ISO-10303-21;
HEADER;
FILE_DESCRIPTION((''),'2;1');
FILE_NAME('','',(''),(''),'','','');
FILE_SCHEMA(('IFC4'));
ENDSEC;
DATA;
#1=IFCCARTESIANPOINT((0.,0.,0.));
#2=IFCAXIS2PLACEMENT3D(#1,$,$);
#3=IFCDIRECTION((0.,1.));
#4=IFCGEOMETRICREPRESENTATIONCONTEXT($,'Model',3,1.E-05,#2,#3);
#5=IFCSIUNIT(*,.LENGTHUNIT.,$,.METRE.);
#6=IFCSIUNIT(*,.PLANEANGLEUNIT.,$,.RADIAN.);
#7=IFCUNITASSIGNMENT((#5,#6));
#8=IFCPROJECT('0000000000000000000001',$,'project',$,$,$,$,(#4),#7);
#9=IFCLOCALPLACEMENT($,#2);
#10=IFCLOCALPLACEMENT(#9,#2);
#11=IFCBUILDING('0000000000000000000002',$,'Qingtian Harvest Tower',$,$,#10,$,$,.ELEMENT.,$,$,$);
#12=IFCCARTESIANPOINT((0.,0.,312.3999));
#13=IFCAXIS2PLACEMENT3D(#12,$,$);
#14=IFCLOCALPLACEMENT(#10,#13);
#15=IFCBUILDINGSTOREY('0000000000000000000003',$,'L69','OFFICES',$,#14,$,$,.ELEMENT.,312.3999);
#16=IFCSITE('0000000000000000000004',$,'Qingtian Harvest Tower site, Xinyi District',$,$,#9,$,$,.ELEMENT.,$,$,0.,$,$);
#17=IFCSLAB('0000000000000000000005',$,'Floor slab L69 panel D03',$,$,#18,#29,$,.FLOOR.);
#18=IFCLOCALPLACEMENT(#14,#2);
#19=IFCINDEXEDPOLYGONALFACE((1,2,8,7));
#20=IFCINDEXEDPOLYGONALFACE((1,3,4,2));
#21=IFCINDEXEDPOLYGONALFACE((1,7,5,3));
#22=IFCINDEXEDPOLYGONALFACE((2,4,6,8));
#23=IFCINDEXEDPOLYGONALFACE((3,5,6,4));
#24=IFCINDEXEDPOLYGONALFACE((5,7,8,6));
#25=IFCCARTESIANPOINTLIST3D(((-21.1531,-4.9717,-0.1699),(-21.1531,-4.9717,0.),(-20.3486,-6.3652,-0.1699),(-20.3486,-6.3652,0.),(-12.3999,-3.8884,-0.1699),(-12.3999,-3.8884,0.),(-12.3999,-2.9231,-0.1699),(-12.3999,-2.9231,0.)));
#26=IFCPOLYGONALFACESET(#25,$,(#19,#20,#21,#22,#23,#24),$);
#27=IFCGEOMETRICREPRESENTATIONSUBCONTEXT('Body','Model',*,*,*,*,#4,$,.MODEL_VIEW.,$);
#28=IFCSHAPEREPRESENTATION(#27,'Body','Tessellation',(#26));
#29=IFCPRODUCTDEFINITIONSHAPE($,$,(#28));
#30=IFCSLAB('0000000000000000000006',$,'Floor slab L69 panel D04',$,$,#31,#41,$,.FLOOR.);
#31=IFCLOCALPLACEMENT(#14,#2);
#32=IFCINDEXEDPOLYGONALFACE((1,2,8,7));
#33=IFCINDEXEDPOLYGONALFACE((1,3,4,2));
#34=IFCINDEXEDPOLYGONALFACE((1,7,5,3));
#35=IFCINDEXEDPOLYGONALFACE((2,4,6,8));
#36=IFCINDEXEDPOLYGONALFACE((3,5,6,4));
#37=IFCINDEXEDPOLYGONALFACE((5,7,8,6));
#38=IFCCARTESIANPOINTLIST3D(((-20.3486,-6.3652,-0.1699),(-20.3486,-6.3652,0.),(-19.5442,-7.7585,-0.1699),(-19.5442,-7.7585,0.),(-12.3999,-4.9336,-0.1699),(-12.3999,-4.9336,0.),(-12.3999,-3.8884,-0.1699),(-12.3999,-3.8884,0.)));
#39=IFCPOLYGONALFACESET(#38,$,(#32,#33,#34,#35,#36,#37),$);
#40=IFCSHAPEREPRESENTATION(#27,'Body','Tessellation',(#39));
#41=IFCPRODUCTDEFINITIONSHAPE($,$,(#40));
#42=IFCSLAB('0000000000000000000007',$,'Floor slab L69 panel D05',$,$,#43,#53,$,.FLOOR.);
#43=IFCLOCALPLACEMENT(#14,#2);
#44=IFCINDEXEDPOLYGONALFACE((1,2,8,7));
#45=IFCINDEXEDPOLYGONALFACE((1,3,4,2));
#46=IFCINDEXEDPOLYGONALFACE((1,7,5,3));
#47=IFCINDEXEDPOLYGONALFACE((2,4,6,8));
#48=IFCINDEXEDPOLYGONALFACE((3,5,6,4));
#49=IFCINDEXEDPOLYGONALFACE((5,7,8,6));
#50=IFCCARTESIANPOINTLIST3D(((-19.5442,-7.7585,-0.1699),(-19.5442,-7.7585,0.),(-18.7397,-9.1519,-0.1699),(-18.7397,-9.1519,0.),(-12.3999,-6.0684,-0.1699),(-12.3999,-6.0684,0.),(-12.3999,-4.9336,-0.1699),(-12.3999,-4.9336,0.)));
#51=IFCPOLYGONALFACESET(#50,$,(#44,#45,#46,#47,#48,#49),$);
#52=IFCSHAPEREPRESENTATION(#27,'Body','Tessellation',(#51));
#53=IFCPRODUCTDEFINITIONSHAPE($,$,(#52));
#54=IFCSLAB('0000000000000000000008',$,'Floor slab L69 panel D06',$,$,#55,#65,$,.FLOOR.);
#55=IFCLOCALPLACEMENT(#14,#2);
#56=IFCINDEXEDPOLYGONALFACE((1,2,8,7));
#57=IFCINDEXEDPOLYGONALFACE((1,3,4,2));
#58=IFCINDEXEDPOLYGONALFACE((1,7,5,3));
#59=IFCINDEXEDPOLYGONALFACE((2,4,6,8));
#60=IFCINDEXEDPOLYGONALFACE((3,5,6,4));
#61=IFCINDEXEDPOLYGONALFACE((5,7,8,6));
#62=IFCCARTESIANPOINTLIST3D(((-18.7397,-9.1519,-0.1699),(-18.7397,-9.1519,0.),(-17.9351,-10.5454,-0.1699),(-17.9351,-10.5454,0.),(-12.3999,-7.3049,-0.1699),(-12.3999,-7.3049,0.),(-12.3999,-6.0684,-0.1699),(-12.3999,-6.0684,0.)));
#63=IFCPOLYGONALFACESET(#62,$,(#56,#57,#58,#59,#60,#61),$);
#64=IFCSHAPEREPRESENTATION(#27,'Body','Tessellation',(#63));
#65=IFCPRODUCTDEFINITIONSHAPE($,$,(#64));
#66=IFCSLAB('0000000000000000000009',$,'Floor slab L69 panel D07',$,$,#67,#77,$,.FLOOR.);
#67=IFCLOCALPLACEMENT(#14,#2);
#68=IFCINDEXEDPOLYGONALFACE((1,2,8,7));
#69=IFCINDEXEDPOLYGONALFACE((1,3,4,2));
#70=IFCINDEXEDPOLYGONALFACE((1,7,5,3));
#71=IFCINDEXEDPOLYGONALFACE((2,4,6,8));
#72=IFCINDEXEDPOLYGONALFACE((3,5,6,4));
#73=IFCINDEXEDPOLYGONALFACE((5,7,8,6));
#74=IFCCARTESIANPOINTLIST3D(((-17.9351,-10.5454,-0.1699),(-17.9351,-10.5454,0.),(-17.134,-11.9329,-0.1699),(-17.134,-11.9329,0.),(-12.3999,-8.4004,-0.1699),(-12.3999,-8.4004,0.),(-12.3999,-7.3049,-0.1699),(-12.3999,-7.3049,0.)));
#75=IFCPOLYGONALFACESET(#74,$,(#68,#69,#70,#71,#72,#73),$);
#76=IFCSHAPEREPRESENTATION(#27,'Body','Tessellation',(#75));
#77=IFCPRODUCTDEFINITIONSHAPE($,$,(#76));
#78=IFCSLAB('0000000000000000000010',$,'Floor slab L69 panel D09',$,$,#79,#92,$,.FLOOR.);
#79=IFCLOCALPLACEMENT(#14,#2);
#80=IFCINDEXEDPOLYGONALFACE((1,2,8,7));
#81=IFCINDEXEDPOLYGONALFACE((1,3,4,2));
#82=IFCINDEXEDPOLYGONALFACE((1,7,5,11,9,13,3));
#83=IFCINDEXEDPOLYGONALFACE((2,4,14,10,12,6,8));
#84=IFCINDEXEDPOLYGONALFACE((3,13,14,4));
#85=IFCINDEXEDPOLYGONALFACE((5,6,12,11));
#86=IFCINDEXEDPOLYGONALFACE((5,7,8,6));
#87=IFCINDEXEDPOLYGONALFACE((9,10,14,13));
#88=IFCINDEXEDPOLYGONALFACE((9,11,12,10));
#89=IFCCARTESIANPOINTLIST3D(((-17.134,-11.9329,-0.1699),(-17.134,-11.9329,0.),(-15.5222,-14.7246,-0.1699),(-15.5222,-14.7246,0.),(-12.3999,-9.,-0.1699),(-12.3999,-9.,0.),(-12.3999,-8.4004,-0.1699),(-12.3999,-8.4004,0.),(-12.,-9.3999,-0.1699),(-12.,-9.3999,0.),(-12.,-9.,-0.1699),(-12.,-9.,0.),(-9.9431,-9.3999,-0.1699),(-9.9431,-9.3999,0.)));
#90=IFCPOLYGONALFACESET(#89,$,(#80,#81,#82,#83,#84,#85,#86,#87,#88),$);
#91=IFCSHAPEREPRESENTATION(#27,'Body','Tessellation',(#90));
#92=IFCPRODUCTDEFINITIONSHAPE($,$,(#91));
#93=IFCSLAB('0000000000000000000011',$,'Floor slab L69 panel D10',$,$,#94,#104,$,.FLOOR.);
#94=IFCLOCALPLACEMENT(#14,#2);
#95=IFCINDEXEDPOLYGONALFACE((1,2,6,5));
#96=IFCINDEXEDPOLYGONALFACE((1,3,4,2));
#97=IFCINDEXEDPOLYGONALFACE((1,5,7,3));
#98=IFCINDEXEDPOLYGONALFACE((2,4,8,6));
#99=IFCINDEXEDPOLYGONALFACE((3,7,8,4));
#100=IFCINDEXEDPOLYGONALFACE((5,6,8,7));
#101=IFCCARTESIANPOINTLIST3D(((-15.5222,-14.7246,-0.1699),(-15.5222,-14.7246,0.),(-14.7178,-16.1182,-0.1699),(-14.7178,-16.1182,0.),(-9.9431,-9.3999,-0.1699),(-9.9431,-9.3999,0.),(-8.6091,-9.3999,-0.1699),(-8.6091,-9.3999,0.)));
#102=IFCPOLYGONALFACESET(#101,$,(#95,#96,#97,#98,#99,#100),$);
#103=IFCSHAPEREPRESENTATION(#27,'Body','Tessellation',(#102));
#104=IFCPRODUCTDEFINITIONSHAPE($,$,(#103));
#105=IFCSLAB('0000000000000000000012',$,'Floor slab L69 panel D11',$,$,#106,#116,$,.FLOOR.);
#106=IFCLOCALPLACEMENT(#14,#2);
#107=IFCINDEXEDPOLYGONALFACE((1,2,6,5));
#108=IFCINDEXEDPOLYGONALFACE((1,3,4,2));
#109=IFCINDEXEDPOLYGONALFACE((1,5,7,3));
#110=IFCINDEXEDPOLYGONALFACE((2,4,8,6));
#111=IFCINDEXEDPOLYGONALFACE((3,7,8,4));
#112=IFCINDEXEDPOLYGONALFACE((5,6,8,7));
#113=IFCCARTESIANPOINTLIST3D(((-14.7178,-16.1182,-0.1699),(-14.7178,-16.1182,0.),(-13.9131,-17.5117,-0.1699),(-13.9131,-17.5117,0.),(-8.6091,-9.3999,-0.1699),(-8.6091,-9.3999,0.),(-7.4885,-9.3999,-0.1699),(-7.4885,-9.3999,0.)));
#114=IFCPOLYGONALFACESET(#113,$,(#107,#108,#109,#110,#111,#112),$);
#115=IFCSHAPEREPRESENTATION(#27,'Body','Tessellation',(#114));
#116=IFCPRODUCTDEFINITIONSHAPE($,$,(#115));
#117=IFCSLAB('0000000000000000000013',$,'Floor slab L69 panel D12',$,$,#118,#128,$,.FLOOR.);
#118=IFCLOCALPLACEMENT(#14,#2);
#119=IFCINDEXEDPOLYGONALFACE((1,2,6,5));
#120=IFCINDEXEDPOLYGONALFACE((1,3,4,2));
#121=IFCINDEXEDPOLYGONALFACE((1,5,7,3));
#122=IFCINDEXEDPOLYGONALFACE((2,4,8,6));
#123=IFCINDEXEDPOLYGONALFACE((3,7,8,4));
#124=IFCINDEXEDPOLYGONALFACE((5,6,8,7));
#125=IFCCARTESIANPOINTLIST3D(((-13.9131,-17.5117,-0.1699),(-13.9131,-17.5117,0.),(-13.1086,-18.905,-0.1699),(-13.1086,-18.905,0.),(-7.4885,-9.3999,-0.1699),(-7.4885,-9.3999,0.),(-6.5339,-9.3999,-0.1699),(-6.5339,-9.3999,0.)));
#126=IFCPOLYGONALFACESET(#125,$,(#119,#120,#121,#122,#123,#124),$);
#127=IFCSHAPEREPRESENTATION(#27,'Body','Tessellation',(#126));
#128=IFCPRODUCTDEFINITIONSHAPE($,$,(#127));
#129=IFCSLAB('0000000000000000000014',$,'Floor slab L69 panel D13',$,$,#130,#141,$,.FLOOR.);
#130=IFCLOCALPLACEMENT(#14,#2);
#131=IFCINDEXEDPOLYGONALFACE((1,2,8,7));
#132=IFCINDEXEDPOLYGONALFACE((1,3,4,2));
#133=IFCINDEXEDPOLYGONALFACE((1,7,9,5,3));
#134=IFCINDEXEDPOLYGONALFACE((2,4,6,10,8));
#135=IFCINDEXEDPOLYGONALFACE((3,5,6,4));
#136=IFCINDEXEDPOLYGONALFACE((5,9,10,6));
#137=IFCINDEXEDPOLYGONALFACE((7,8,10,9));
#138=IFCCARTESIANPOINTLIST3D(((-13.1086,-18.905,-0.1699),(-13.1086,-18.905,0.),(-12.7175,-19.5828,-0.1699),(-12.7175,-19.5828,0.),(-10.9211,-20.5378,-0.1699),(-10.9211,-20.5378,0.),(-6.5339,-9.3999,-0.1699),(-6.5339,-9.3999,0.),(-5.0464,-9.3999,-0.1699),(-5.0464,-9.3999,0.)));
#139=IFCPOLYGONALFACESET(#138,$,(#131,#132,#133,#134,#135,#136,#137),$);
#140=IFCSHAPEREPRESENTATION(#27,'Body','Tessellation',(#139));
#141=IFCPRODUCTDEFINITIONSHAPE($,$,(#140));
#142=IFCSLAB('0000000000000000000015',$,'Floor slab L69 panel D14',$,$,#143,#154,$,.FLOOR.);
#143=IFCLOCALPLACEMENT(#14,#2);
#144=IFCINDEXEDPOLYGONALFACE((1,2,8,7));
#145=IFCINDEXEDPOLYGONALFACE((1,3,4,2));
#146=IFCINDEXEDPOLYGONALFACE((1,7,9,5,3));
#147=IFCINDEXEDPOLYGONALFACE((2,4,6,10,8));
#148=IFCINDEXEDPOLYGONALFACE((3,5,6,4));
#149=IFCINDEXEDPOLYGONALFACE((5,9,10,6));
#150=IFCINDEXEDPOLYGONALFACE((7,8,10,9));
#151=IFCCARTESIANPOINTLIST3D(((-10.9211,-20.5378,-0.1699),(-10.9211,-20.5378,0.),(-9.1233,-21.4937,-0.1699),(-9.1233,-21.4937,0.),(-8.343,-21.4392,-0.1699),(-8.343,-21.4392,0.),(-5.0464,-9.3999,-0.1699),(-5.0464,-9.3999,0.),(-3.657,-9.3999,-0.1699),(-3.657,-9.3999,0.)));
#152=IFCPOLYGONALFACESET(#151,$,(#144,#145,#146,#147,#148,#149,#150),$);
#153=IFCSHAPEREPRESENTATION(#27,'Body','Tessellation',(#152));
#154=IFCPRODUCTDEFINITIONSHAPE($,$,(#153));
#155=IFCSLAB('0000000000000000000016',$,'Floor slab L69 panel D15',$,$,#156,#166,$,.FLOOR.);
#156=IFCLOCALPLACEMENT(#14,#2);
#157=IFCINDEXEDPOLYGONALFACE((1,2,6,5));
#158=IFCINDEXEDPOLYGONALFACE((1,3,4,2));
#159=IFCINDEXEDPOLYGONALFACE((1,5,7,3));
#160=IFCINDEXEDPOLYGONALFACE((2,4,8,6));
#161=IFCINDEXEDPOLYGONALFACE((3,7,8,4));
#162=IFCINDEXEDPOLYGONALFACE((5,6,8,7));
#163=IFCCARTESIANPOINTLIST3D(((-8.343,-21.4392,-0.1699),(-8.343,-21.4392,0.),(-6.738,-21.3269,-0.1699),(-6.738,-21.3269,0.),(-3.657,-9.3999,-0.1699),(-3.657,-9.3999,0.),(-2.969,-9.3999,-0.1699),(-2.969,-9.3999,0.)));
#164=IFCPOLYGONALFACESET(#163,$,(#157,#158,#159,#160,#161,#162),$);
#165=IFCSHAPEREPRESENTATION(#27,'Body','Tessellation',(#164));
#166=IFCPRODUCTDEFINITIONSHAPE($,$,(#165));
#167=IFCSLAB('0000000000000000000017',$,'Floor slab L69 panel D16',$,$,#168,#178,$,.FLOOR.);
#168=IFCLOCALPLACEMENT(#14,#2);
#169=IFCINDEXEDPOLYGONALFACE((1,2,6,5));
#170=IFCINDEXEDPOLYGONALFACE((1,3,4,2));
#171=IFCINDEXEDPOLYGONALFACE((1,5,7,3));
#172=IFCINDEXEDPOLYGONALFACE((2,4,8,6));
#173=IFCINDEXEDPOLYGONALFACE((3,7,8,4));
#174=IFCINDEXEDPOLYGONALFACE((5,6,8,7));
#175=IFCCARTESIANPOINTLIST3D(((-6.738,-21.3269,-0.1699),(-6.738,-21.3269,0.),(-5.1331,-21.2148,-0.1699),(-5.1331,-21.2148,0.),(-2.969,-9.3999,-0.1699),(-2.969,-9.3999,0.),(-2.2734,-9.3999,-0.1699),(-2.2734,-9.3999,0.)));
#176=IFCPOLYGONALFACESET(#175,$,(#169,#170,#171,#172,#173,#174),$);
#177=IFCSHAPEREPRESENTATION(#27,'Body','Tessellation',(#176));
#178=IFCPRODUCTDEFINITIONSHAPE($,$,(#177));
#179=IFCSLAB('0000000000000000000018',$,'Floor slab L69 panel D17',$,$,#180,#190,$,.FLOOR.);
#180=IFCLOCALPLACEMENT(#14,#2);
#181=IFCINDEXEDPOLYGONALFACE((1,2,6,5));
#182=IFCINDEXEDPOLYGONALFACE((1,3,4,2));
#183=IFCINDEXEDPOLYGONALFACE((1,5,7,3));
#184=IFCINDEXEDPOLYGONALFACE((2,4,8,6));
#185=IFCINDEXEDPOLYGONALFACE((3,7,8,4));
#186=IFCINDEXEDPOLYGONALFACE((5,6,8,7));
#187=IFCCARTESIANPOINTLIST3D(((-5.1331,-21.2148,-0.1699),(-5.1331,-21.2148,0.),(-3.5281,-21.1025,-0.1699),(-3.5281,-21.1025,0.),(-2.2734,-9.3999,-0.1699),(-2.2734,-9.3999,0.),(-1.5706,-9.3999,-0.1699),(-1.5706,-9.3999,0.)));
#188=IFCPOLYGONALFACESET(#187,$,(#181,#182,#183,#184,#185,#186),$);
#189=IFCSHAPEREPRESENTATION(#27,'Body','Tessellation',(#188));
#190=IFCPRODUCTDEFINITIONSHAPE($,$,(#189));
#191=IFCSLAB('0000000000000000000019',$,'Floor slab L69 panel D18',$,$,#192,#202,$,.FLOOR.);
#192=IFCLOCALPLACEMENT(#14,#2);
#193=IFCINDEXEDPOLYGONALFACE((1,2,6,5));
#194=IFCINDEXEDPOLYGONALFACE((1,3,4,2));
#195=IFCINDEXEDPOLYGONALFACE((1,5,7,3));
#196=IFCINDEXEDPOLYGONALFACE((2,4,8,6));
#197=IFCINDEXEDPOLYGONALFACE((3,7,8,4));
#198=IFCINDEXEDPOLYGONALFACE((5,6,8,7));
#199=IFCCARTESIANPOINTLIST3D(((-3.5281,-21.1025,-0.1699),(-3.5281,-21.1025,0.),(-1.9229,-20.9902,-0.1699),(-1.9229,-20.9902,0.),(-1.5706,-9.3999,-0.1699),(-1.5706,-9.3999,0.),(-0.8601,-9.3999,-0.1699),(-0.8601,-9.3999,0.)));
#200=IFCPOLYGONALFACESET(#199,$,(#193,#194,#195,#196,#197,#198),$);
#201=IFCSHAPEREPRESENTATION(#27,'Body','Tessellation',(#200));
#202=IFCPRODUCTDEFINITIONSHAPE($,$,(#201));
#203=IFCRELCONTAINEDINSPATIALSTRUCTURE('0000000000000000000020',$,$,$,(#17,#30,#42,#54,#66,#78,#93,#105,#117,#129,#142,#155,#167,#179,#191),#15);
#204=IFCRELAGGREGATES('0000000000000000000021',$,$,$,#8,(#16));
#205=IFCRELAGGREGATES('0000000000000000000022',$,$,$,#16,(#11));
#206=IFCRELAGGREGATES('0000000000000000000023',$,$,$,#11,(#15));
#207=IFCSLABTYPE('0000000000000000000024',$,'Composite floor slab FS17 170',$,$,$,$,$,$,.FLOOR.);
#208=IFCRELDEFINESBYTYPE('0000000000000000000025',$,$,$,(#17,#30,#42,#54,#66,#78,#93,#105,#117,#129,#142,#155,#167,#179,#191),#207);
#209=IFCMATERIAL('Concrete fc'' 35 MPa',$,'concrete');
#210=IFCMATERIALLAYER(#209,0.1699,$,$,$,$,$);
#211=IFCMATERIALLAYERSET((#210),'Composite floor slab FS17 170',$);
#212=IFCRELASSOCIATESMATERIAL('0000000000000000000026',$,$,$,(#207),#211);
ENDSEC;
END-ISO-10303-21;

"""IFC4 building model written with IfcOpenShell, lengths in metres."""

from ifc_helpers import new_model, si_unit, direction, frame, origin, place, context, subcontext, project, spatial, polyline, outline, extrude, material, layer, layer_set, type_object, element, save


model = new_model("IFC4")

# Units and contexts
model_context = context("Model", 3, precision=1e-05, world=origin(), true_north=direction((0.0, 1.0)))
body_context = subcontext(model_context, "Body", "Model", "MODEL_VIEW")
ifc_project = project(units=[si_unit("LENGTHUNIT", "METRE"), si_unit("PLANEANGLEUNIT", "RADIAN")], contexts=[model_context])

# Site, building, storey
site_placement = place(None, origin())
site = spatial("IfcSite", under=ifc_project, at=site_placement, Name="Qingtian Harvest Tower site, Xinyi District", CompositionType="ELEMENT", RefElevation=0.0)
building_placement = place(site_placement, origin())
building = spatial("IfcBuilding", under=site, at=building_placement, Name="Qingtian Harvest Tower", CompositionType="ELEMENT")
storey_placement = place(building_placement, frame((0.0, 0.0, 312.3999)))
storey = spatial("IfcBuildingStorey", under=building, at=storey_placement, Name="L69", Description="OFFICES", CompositionType="ELEMENT", Elevation=312.3999)

# Slabs
ifc_material = material(Name="Concrete fc' 35 MPa", Category="concrete")
ifc_layer = layer(ifc_material, 0.1699)
ifc_layer_set = layer_set([ifc_layer], Name="Composite floor slab FS17 170")
slab_type = type_object("IfcSlabType", Name="Composite floor slab FS17 170", PredefinedType="FLOOR", material=ifc_layer_set)
slab_1_placement = place(storey_placement, frame((0.0, 0.0, -0.1699)))
element("IfcSlab", 1, at=slab_1_placement, inside=storey, type_object=slab_type, Name="Floor slab L69 panel D03", PredefinedType="FLOOR", context=body_context, shape_type="SweptSolid", body=[
    extrude(outline(polyline([(-12.3999, -3.8884), (-20.3486, -6.3652), (-21.1531, -4.9717), (-12.3999, -2.9231), (-12.3999, -3.8884)])), origin(), (0.0, 0.0, 1.0), 0.1699),
])
slab_2_placement = place(storey_placement, frame((0.0, 0.0, -0.1699)))
element("IfcSlab", 2, at=slab_2_placement, inside=storey, type_object=slab_type, Name="Floor slab L69 panel D04", PredefinedType="FLOOR", context=body_context, shape_type="SweptSolid", body=[
    extrude(outline(polyline([(-12.3999, -4.9336), (-19.5442, -7.7585), (-20.3486, -6.3652), (-12.3999, -3.8884), (-12.3999, -4.9336)])), origin(), (0.0, 0.0, 1.0), 0.1699),
])
slab_3_placement = place(storey_placement, frame((0.0, 0.0, -0.1699)))
element("IfcSlab", 3, at=slab_3_placement, inside=storey, type_object=slab_type, Name="Floor slab L69 panel D05", PredefinedType="FLOOR", context=body_context, shape_type="SweptSolid", body=[
    extrude(outline(polyline([(-12.3999, -6.0684), (-18.7397, -9.1519), (-19.5442, -7.7585), (-12.3999, -4.9336), (-12.3999, -6.0684)])), origin(), (0.0, 0.0, 1.0), 0.1699),
])
slab_4_placement = place(storey_placement, frame((0.0, 0.0, -0.1699)))
element("IfcSlab", 4, at=slab_4_placement, inside=storey, type_object=slab_type, Name="Floor slab L69 panel D06", PredefinedType="FLOOR", context=body_context, shape_type="SweptSolid", body=[
    extrude(outline(polyline([(-12.3999, -7.3049), (-17.9351, -10.5454), (-18.7397, -9.1519), (-12.3999, -6.0684), (-12.3999, -7.3049)])), origin(), (0.0, 0.0, 1.0), 0.1699),
])
slab_5_placement = place(storey_placement, frame((0.0, 0.0, -0.1699)))
element("IfcSlab", 5, at=slab_5_placement, inside=storey, type_object=slab_type, Name="Floor slab L69 panel D07", PredefinedType="FLOOR", context=body_context, shape_type="SweptSolid", body=[
    extrude(outline(polyline([(-12.3999, -8.4004), (-17.134, -11.9329), (-17.9351, -10.5454), (-12.3999, -7.3049), (-12.3999, -8.4004)])), origin(), (0.0, 0.0, 1.0), 0.1699),
])
slab_6_placement = place(storey_placement, frame((0.0, 0.0, -0.1699)))
element("IfcSlab", 6, at=slab_6_placement, inside=storey, type_object=slab_type, Name="Floor slab L69 panel D09", PredefinedType="FLOOR", context=body_context, shape_type="SweptSolid", body=[
    extrude(outline(polyline([(-15.5222, -14.7246), (-17.134, -11.9329), (-12.3999, -8.4004), (-12.3999, -9.0), (-12.0, -9.0), (-12.0, -9.3999), (-9.9431, -9.3999), (-15.5222, -14.7246)])), origin(), (0.0, 0.0, 1.0), 0.1699),
])
slab_7_placement = place(storey_placement, frame((0.0, 0.0, -0.1699)))
element("IfcSlab", 7, at=slab_7_placement, inside=storey, type_object=slab_type, Name="Floor slab L69 panel D10", PredefinedType="FLOOR", context=body_context, shape_type="SweptSolid", body=[
    extrude(outline(polyline([(-8.6091, -9.3999), (-14.7178, -16.1182), (-15.5222, -14.7246), (-9.9431, -9.3999), (-8.6091, -9.3999)])), origin(), (0.0, 0.0, 1.0), 0.1699),
])
slab_8_placement = place(storey_placement, frame((0.0, 0.0, -0.1699)))
element("IfcSlab", 8, at=slab_8_placement, inside=storey, type_object=slab_type, Name="Floor slab L69 panel D11", PredefinedType="FLOOR", context=body_context, shape_type="SweptSolid", body=[
    extrude(outline(polyline([(-7.4885, -9.3999), (-13.9131, -17.5117), (-14.7178, -16.1182), (-8.6091, -9.3999), (-7.4885, -9.3999)])), origin(), (0.0, 0.0, 1.0), 0.1699),
])
slab_9_placement = place(storey_placement, frame((0.0, 0.0, -0.1699)))
element("IfcSlab", 9, at=slab_9_placement, inside=storey, type_object=slab_type, Name="Floor slab L69 panel D12", PredefinedType="FLOOR", context=body_context, shape_type="SweptSolid", body=[
    extrude(outline(polyline([(-6.5339, -9.3999), (-13.1086, -18.905), (-13.9131, -17.5117), (-7.4885, -9.3999), (-6.5339, -9.3999)])), origin(), (0.0, 0.0, 1.0), 0.1699),
])
slab_10_placement = place(storey_placement, frame((0.0, 0.0, -0.1699)))
element("IfcSlab", 10, at=slab_10_placement, inside=storey, type_object=slab_type, Name="Floor slab L69 panel D13", PredefinedType="FLOOR", context=body_context, shape_type="SweptSolid", body=[
    extrude(outline(polyline([(-6.5339, -9.3999), (-5.0464, -9.3999), (-10.9211, -20.5378), (-12.7175, -19.5828), (-13.1086, -18.905), (-6.5339, -9.3999)])), origin(), (0.0, 0.0, 1.0), 0.1699),
])
slab_11_placement = place(storey_placement, frame((0.0, 0.0, -0.1699)))
element("IfcSlab", 11, at=slab_11_placement, inside=storey, type_object=slab_type, Name="Floor slab L69 panel D14", PredefinedType="FLOOR", context=body_context, shape_type="SweptSolid", body=[
    extrude(outline(polyline([(-5.0464, -9.3999), (-3.657, -9.3999), (-8.343, -21.4392), (-9.1233, -21.4937), (-10.9211, -20.5378), (-5.0464, -9.3999)])), origin(), (0.0, 0.0, 1.0), 0.1699),
])
slab_12_placement = place(storey_placement, frame((0.0, 0.0, -0.1699)))
element("IfcSlab", 12, at=slab_12_placement, inside=storey, type_object=slab_type, Name="Floor slab L69 panel D15", PredefinedType="FLOOR", context=body_context, shape_type="SweptSolid", body=[
    extrude(outline(polyline([(-2.969, -9.3999), (-6.738, -21.3269), (-8.343, -21.4392), (-3.657, -9.3999), (-2.969, -9.3999)])), origin(), (0.0, 0.0, 1.0), 0.1699),
])
slab_13_placement = place(storey_placement, frame((0.0, 0.0, -0.1699)))
element("IfcSlab", 13, at=slab_13_placement, inside=storey, type_object=slab_type, Name="Floor slab L69 panel D16", PredefinedType="FLOOR", context=body_context, shape_type="SweptSolid", body=[
    extrude(outline(polyline([(-2.2734, -9.3999), (-5.1331, -21.2148), (-6.738, -21.3269), (-2.969, -9.3999), (-2.2734, -9.3999)])), origin(), (0.0, 0.0, 1.0), 0.1699),
])
slab_14_placement = place(storey_placement, frame((0.0, 0.0, -0.1699)))
element("IfcSlab", 14, at=slab_14_placement, inside=storey, type_object=slab_type, Name="Floor slab L69 panel D17", PredefinedType="FLOOR", context=body_context, shape_type="SweptSolid", body=[
    extrude(outline(polyline([(-1.5706, -9.3999), (-3.5281, -21.1025), (-5.1331, -21.2148), (-2.2734, -9.3999), (-1.5706, -9.3999)])), origin(), (0.0, 0.0, 1.0), 0.1699),
])
slab_15_placement = place(storey_placement, frame((0.0, 0.0, -0.1699)))
element("IfcSlab", 15, at=slab_15_placement, inside=storey, type_object=slab_type, Name="Floor slab L69 panel D18", PredefinedType="FLOOR", context=body_context, shape_type="SweptSolid", body=[
    extrude(outline(polyline([(-0.8601, -9.3999), (-1.9229, -20.9902), (-3.5281, -21.1025), (-1.5706, -9.3999), (-0.8601, -9.3999)])), origin(), (0.0, 0.0, 1.0), 0.1699),
])

save(model, "model.ifc")
